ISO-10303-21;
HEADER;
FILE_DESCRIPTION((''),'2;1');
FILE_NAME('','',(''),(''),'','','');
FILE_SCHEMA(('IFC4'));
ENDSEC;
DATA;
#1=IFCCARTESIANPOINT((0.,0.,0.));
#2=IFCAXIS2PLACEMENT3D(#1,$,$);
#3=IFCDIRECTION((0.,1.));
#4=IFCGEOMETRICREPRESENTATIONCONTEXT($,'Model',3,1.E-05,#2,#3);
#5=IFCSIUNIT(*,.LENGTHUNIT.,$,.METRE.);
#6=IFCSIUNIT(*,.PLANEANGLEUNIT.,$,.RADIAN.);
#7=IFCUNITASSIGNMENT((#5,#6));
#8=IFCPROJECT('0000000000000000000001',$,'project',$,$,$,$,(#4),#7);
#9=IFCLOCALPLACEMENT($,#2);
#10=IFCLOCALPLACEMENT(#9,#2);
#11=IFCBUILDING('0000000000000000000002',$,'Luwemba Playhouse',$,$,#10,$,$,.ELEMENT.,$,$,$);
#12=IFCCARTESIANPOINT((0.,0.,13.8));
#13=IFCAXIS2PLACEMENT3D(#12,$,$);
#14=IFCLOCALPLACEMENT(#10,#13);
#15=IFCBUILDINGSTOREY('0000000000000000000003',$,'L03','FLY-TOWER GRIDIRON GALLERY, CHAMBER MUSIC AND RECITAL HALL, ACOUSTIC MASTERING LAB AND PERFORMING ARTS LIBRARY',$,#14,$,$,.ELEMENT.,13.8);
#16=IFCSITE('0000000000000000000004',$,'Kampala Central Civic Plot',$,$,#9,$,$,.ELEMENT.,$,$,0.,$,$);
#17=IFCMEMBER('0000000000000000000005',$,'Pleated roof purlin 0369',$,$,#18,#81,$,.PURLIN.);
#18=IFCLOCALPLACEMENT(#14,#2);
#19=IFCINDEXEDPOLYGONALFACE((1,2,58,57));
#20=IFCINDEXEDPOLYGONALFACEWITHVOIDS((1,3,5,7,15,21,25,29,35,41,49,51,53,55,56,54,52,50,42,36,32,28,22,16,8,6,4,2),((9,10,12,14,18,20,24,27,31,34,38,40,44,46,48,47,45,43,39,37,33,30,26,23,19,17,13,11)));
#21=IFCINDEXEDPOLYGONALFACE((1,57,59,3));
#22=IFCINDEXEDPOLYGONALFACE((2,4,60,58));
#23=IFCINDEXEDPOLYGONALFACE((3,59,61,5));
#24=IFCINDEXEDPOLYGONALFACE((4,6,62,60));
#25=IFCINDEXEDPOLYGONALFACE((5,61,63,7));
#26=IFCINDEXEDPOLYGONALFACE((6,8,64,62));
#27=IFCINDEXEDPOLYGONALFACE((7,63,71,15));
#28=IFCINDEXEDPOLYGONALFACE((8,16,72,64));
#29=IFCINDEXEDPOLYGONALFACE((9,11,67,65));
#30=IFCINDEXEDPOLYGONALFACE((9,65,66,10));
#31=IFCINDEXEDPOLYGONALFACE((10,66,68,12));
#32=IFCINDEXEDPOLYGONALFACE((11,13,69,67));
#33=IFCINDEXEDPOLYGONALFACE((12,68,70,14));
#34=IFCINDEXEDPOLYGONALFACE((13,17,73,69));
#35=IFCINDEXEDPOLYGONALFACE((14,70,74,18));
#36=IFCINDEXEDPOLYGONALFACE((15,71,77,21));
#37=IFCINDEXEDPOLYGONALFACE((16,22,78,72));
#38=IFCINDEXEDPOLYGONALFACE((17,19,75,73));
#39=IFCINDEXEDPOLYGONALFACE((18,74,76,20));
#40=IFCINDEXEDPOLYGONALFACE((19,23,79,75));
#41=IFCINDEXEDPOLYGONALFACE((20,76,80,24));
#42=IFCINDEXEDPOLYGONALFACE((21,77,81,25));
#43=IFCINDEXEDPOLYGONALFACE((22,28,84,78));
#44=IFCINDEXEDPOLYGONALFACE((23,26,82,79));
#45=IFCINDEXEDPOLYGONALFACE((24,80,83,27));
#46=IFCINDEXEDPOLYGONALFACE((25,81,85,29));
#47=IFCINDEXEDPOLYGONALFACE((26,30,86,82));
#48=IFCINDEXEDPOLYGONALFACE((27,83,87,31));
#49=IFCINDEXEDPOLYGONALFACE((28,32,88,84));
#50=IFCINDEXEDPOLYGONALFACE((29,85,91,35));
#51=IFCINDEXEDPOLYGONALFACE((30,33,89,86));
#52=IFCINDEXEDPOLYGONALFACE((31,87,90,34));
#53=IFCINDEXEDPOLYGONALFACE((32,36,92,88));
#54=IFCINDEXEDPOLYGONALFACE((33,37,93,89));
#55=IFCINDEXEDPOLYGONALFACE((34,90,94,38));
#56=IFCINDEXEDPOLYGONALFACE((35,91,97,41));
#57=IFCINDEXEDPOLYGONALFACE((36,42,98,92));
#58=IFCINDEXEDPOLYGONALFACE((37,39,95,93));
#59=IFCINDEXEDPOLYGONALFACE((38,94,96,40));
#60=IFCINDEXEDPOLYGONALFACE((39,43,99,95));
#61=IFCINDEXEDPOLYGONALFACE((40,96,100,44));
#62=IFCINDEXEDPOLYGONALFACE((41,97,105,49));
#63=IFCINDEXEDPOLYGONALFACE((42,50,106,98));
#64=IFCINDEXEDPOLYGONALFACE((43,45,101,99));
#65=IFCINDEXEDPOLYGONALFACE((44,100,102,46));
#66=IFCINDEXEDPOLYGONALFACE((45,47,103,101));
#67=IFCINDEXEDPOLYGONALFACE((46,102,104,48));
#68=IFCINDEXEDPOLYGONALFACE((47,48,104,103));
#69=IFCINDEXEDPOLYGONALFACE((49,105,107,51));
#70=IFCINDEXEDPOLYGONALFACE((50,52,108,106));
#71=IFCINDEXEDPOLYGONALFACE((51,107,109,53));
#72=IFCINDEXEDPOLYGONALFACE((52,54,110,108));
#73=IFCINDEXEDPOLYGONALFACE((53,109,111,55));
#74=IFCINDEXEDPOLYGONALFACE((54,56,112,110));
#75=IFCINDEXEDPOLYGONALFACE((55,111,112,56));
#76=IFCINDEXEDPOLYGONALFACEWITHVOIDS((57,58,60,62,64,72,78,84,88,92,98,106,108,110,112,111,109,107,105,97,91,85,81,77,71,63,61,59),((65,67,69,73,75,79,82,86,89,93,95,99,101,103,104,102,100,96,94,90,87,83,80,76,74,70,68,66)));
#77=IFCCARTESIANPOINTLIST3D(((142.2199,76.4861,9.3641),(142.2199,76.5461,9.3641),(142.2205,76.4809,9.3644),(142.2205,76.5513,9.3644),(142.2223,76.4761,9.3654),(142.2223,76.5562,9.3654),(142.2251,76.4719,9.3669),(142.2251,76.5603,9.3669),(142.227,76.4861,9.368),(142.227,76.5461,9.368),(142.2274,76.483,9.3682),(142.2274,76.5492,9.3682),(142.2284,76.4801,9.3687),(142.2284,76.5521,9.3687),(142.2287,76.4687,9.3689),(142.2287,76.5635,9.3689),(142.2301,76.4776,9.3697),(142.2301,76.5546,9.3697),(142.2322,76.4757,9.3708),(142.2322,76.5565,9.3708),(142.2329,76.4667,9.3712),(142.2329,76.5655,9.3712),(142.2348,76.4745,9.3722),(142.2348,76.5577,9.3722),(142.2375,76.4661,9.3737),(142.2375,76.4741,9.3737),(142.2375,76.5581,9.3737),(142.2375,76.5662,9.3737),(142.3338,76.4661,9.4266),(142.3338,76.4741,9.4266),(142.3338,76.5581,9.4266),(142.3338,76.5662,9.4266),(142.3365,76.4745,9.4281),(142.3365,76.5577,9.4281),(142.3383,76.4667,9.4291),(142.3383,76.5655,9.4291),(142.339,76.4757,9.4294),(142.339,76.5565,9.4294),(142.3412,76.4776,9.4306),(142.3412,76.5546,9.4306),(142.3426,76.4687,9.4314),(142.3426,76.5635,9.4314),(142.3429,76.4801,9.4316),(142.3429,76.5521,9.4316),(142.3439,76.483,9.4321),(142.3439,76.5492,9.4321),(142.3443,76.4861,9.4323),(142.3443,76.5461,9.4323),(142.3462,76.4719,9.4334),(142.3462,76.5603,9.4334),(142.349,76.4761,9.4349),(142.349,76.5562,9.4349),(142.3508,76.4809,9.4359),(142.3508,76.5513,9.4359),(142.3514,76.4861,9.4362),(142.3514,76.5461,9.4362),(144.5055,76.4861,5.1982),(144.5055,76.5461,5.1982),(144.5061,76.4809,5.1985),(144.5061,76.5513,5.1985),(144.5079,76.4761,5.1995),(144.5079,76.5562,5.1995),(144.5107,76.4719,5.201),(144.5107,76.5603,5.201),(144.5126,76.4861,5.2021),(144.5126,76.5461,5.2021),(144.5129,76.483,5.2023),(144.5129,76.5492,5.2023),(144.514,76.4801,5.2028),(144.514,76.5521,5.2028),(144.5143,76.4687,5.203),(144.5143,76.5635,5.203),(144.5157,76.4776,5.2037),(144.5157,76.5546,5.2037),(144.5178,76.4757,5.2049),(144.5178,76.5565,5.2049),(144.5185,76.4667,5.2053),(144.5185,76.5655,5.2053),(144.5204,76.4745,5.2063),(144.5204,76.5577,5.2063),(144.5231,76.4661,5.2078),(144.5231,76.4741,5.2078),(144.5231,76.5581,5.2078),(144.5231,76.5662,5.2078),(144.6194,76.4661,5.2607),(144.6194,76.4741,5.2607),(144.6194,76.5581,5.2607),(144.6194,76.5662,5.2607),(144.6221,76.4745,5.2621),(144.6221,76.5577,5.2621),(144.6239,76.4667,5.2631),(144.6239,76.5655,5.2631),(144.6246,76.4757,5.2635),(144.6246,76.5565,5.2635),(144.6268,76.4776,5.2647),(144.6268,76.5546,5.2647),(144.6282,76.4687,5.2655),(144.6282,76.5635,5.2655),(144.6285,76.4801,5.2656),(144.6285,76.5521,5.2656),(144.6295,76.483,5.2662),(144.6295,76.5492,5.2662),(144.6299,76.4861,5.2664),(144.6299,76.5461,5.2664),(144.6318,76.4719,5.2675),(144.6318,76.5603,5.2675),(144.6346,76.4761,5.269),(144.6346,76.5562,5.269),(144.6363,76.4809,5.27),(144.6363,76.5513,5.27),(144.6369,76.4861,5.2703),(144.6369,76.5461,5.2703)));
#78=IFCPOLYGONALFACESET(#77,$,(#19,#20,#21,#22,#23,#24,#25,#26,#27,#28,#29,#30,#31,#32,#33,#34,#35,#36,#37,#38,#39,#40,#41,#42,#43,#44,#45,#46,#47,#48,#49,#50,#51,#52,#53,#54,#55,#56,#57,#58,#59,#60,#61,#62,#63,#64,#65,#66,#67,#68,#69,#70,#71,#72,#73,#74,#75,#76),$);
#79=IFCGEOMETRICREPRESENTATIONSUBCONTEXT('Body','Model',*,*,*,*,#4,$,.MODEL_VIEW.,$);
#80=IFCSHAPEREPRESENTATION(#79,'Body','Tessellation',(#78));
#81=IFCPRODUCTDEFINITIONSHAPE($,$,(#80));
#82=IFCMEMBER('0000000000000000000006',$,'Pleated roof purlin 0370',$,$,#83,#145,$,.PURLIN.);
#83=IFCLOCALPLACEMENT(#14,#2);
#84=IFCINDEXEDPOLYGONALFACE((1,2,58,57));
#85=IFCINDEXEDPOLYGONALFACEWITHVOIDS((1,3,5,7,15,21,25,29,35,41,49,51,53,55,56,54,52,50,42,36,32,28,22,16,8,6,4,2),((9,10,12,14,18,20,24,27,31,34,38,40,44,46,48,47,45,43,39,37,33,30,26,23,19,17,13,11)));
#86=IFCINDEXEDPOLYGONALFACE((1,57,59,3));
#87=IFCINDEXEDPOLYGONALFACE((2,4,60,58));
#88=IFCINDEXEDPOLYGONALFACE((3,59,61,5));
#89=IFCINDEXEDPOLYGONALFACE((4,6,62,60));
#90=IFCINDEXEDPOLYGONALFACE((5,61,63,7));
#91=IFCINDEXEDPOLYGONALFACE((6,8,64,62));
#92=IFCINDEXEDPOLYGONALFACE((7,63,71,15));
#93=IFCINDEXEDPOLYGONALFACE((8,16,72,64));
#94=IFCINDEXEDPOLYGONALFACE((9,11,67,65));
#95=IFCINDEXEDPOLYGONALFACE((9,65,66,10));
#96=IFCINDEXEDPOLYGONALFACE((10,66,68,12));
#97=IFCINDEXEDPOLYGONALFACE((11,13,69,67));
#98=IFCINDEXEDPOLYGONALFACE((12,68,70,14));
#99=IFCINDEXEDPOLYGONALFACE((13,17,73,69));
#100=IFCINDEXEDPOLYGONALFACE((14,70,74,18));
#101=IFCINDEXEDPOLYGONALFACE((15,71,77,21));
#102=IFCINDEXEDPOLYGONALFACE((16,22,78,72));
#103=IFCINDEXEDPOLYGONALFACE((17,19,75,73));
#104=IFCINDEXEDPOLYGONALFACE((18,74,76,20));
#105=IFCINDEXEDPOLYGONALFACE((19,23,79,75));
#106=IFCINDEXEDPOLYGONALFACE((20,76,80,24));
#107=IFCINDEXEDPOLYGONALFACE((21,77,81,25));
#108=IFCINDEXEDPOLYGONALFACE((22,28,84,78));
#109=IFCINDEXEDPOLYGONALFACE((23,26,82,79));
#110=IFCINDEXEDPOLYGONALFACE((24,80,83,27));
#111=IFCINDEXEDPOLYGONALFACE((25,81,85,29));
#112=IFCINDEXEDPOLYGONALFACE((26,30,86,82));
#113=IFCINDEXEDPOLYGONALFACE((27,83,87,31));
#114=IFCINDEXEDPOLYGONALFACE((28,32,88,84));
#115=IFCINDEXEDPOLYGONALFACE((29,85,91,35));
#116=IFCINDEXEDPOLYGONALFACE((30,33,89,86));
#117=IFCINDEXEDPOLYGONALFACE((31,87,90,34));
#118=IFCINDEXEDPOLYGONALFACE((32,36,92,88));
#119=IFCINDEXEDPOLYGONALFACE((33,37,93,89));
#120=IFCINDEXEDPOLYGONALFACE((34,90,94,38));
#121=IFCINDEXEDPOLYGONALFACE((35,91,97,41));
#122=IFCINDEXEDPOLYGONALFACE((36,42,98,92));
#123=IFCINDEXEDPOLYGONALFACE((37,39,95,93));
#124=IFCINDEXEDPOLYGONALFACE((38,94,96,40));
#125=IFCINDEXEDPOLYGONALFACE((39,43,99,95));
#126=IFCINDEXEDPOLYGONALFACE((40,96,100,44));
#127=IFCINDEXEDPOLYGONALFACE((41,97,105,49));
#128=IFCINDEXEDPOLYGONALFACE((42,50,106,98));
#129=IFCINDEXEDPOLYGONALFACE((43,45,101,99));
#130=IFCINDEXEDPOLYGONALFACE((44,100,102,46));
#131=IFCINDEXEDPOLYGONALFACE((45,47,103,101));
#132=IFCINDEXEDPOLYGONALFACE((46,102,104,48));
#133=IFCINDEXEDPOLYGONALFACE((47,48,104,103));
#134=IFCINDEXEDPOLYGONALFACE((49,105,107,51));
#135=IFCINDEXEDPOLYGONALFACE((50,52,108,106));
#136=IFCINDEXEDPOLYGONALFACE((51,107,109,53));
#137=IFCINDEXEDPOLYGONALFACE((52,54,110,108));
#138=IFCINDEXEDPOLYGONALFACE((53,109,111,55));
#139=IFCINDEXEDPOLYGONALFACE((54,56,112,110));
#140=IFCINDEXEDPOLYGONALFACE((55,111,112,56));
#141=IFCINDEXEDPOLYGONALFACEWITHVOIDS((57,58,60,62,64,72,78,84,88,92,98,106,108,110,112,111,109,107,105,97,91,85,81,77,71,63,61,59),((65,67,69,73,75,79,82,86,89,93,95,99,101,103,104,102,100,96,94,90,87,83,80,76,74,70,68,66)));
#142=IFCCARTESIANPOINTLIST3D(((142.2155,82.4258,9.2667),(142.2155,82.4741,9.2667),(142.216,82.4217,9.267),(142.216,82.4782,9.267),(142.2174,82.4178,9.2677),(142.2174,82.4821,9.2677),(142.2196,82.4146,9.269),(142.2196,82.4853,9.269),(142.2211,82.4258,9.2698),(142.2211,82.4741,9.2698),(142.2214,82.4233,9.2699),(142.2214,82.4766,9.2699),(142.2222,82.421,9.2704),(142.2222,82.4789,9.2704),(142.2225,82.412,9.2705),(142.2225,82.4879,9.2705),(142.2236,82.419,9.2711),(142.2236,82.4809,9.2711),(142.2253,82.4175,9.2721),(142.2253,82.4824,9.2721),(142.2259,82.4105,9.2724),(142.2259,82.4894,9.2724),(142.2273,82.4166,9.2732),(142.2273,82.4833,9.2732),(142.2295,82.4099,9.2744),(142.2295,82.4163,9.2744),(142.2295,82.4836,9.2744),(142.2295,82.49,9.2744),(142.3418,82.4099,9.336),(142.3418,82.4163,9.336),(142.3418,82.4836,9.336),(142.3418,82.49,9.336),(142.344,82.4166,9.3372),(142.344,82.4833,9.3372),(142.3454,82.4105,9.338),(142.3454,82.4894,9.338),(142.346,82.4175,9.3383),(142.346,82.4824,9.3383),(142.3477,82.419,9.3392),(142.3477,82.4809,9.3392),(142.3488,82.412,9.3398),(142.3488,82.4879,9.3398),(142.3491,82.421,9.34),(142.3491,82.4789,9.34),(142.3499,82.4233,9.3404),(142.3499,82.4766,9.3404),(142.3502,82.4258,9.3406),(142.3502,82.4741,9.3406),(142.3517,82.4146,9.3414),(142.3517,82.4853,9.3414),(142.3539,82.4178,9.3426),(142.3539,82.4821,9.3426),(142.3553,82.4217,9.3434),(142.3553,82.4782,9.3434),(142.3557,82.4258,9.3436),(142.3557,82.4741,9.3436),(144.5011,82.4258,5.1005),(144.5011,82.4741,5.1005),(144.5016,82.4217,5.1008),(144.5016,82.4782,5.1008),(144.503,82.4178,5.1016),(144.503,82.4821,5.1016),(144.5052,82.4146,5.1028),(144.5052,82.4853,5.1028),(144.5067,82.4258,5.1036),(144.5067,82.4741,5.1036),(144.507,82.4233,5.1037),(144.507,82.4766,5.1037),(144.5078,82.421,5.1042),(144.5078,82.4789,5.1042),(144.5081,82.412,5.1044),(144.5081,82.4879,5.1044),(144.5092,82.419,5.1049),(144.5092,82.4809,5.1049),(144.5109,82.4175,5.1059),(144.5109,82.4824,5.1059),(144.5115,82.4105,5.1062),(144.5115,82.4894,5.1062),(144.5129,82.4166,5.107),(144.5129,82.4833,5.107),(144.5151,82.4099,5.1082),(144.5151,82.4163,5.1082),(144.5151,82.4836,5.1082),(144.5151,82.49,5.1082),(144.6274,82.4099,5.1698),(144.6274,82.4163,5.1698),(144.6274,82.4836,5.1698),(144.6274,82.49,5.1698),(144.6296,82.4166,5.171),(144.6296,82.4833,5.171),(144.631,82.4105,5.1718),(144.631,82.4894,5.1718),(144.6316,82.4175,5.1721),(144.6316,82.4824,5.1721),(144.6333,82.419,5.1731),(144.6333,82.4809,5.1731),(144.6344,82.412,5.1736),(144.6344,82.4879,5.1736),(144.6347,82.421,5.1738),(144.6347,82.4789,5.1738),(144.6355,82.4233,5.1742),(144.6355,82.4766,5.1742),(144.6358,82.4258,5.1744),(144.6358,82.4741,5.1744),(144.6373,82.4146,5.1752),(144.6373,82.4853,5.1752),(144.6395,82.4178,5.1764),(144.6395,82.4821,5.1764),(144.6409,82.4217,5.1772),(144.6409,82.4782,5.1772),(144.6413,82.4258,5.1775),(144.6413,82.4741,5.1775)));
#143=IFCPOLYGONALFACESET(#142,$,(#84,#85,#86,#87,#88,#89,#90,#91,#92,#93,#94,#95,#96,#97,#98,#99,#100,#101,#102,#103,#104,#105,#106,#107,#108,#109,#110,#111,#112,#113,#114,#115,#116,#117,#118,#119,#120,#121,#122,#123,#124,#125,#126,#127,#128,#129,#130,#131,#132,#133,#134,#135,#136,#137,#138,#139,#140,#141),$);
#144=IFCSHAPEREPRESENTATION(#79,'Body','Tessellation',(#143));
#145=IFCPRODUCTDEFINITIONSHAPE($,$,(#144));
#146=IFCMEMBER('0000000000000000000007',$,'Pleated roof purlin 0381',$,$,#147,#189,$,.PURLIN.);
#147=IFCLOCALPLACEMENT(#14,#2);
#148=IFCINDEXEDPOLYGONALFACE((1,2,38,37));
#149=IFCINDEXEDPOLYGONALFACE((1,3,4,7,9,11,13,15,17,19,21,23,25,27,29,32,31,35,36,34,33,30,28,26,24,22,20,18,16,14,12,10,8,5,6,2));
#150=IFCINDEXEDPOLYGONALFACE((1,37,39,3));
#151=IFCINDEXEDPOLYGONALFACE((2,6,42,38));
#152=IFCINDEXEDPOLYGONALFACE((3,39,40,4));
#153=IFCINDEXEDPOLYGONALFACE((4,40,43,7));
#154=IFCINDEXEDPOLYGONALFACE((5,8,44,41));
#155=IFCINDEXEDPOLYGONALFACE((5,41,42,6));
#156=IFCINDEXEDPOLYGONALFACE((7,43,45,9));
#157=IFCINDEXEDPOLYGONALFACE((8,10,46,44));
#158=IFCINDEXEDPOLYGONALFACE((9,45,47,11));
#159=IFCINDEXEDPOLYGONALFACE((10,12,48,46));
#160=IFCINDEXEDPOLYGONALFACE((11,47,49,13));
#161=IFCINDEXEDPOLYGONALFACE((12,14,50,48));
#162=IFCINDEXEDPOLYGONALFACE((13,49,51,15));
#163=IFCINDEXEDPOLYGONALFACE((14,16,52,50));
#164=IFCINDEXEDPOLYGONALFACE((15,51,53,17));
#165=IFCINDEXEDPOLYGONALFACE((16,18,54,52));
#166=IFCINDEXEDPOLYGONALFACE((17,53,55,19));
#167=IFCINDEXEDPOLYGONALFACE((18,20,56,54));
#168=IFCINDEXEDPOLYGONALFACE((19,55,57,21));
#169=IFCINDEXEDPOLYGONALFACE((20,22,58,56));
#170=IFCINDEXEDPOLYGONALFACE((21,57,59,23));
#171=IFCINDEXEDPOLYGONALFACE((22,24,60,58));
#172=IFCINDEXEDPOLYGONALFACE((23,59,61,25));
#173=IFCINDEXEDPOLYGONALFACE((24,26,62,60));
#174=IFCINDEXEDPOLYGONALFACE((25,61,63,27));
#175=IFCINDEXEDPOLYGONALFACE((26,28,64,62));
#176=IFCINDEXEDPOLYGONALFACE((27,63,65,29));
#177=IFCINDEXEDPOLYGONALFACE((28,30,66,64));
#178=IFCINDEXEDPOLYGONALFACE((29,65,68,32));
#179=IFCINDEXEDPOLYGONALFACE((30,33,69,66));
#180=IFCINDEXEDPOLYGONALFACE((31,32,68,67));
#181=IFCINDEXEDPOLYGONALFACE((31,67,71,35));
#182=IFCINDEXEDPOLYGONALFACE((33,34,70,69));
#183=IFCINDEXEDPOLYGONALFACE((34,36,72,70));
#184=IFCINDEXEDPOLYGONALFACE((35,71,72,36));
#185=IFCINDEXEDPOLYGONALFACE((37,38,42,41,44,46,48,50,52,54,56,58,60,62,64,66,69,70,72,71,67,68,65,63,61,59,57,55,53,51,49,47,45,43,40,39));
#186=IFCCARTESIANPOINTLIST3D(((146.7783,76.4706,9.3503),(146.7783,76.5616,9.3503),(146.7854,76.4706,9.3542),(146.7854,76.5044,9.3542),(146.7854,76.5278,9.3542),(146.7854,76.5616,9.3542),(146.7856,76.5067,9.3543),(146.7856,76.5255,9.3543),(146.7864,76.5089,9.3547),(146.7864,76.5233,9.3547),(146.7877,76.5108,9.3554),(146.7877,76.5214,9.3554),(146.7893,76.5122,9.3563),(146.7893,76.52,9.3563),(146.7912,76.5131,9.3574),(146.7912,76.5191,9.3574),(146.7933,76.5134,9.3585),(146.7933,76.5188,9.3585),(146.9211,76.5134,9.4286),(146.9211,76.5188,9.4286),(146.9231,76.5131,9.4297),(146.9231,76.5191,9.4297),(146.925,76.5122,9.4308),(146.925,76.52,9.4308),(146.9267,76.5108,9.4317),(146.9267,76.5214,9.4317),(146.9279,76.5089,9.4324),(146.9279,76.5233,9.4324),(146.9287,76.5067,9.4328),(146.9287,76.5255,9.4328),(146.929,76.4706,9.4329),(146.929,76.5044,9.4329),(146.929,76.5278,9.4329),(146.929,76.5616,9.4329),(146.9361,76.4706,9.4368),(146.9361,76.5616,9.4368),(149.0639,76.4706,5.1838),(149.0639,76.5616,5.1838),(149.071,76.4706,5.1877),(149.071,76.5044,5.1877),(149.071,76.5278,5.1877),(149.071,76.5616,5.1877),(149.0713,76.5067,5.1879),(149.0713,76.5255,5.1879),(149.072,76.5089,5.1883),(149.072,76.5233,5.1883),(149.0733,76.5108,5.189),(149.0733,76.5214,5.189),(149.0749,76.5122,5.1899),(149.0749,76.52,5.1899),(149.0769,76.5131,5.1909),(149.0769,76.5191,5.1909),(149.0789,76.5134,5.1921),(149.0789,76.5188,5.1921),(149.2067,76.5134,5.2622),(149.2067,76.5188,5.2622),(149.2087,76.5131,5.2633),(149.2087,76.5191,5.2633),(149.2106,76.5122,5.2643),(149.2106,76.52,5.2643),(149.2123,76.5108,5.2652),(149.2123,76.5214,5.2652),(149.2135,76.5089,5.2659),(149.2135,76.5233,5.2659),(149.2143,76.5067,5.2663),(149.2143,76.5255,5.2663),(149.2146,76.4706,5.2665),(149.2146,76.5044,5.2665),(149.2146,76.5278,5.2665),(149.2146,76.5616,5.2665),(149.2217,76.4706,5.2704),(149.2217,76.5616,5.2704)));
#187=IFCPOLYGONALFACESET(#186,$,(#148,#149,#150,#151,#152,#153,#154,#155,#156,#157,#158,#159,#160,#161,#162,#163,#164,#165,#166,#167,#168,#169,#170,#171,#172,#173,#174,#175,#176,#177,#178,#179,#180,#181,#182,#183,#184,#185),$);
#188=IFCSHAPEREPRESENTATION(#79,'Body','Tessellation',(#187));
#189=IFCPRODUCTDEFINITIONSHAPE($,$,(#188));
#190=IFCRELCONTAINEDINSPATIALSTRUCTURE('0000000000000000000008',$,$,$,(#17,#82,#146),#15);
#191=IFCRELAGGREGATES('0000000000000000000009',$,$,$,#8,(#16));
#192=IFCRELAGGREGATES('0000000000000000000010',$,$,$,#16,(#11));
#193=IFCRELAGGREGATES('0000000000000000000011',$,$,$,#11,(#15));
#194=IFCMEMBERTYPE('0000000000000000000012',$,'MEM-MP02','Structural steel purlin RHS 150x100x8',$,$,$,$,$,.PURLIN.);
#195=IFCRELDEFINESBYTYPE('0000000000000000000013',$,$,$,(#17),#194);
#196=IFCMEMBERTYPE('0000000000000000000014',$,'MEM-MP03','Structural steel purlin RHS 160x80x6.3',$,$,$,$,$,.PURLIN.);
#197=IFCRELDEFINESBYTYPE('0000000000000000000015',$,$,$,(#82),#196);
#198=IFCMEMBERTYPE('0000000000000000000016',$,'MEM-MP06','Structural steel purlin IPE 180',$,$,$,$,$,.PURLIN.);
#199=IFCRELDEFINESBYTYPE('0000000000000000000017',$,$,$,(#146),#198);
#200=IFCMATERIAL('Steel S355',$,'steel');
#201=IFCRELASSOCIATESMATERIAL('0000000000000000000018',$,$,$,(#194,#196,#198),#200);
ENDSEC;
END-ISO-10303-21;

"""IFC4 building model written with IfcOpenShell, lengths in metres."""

from ifc_helpers import new_model, si_unit, direction, frame, origin, origin_2d, place, context, subcontext, project, spatial, hollow_rectangle, i_section, extrude, material, material_profile, profile_set, type_object, element, save


model = new_model("IFC4")

# Units and contexts
model_context = context("Model", 3, precision=1e-05, world=origin(), true_north=direction((0.0, 1.0)))
body_context = subcontext(model_context, "Body", "Model", "MODEL_VIEW")
ifc_project = project(units=[si_unit("LENGTHUNIT", "METRE"), si_unit("PLANEANGLEUNIT", "RADIAN")], contexts=[model_context])

# Site, building, storey
site_placement = place(None, origin())
site = spatial("IfcSite", under=ifc_project, at=site_placement, Name="Kampala Central Civic Plot", CompositionType="ELEMENT", RefElevation=0.0)
building_placement = place(site_placement, origin())
building = spatial("IfcBuilding", under=site, at=building_placement, Name="Luwemba Playhouse", CompositionType="ELEMENT")
storey_placement = place(building_placement, frame((0.0, 0.0, 13.8)))
storey = spatial("IfcBuildingStorey", under=building, at=storey_placement, Name="L03", Description="FLY-TOWER GRIDIRON GALLERY, CHAMBER MUSIC AND RECITAL HALL, ACOUSTIC MASTERING LAB AND PERFORMING ARTS LIBRARY", CompositionType="ELEMENT", Elevation=13.8)

# Shared definitions
ifc_material_1 = material(Name="Steel S355", Category="steel")

# Members
ifc_material_profile_1 = material_profile(ifc_material_1, hollow_rectangle(XDim=0.1001, YDim=0.1499, WallThickness=0.0081, InnerFilletRadius=0.012, OuterFilletRadius=0.02, at=origin_2d()))
ifc_profile_set_1 = profile_set([ifc_material_profile_1], Name="Steel S355")
member_type_1 = type_object("IfcMemberType", Name="MEM-MP02", Description="Structural steel purlin RHS 150x100x8", PredefinedType="PURLIN", material=ifc_profile_set_1)
member_1_placement = place(storey_placement, frame((142.2856, 76.5161, 9.4001), z_axis=(0.481003, 0.0, -0.876719), x_axis=(0.0, 1.0, 0.0)))
element("IfcMember", 1, at=member_1_placement, inside=storey, type_object=member_type_1, Name="Pleated roof purlin 0369", PredefinedType="PURLIN", context=body_context, shape_type="SweptSolid", body=[
    extrude(hollow_rectangle(XDim=0.1001, YDim=0.1499, WallThickness=0.0081, InnerFilletRadius=0.012, OuterFilletRadius=0.02, at=origin_2d()), origin(), (0.0, 0.0, 1.0), 4.7517),
])
ifc_material_profile_2 = material_profile(ifc_material_1, hollow_rectangle(XDim=0.0801, YDim=0.1599, WallThickness=0.0063, InnerFilletRadius=0.0095, OuterFilletRadius=0.0159, at=origin_2d()))
ifc_profile_set_2 = profile_set([ifc_material_profile_2], Name="Steel S355")
member_type_2 = type_object("IfcMemberType", Name="MEM-MP03", Description="Structural steel purlin RHS 160x80x6.3", PredefinedType="PURLIN", material=ifc_profile_set_2)
member_2_placement = place(storey_placement, frame((142.2856, 82.45, 9.3052), z_axis=(0.480982, 0.0, -0.876731), x_axis=(0.0, 1.0, 0.0)))
element("IfcMember", 2, at=member_2_placement, inside=storey, type_object=member_type_2, Name="Pleated roof purlin 0370", PredefinedType="PURLIN", context=body_context, shape_type="SweptSolid", body=[
    extrude(hollow_rectangle(XDim=0.0801, YDim=0.1599, WallThickness=0.0063, InnerFilletRadius=0.0095, OuterFilletRadius=0.0159, at=origin_2d()), origin(), (0.0, 0.0, 1.0), 4.752),
])
ifc_material_profile_3 = material_profile(ifc_material_1, i_section(OverallWidth=0.0911, OverallDepth=0.1799, WebThickness=0.0054, FlangeThickness=0.0081, FilletRadius=0.009, at=origin_2d()))
ifc_profile_set_3 = profile_set([ifc_material_profile_3], Name="Steel S355")
member_type_3 = type_object("IfcMemberType", Name="MEM-MP06", Description="Structural steel purlin IPE 180", PredefinedType="PURLIN", material=ifc_profile_set_3)
member_3_placement = place(storey_placement, frame((146.8572, 76.5161, 9.3936), z_axis=(0.48096, 0.0, -0.876743), x_axis=(0.0, 1.0, 0.0)))
element("IfcMember", 3, at=member_3_placement, inside=storey, type_object=member_type_3, Name="Pleated roof purlin 0381", PredefinedType="PURLIN", context=body_context, shape_type="SweptSolid", body=[
    extrude(i_section(OverallWidth=0.0911, OverallDepth=0.1799, WebThickness=0.0054, FlangeThickness=0.0081, FilletRadius=0.009, at=origin_2d()), origin(), (0.0, 0.0, 1.0), 4.7522),
])

save(model, "model.ifc")
